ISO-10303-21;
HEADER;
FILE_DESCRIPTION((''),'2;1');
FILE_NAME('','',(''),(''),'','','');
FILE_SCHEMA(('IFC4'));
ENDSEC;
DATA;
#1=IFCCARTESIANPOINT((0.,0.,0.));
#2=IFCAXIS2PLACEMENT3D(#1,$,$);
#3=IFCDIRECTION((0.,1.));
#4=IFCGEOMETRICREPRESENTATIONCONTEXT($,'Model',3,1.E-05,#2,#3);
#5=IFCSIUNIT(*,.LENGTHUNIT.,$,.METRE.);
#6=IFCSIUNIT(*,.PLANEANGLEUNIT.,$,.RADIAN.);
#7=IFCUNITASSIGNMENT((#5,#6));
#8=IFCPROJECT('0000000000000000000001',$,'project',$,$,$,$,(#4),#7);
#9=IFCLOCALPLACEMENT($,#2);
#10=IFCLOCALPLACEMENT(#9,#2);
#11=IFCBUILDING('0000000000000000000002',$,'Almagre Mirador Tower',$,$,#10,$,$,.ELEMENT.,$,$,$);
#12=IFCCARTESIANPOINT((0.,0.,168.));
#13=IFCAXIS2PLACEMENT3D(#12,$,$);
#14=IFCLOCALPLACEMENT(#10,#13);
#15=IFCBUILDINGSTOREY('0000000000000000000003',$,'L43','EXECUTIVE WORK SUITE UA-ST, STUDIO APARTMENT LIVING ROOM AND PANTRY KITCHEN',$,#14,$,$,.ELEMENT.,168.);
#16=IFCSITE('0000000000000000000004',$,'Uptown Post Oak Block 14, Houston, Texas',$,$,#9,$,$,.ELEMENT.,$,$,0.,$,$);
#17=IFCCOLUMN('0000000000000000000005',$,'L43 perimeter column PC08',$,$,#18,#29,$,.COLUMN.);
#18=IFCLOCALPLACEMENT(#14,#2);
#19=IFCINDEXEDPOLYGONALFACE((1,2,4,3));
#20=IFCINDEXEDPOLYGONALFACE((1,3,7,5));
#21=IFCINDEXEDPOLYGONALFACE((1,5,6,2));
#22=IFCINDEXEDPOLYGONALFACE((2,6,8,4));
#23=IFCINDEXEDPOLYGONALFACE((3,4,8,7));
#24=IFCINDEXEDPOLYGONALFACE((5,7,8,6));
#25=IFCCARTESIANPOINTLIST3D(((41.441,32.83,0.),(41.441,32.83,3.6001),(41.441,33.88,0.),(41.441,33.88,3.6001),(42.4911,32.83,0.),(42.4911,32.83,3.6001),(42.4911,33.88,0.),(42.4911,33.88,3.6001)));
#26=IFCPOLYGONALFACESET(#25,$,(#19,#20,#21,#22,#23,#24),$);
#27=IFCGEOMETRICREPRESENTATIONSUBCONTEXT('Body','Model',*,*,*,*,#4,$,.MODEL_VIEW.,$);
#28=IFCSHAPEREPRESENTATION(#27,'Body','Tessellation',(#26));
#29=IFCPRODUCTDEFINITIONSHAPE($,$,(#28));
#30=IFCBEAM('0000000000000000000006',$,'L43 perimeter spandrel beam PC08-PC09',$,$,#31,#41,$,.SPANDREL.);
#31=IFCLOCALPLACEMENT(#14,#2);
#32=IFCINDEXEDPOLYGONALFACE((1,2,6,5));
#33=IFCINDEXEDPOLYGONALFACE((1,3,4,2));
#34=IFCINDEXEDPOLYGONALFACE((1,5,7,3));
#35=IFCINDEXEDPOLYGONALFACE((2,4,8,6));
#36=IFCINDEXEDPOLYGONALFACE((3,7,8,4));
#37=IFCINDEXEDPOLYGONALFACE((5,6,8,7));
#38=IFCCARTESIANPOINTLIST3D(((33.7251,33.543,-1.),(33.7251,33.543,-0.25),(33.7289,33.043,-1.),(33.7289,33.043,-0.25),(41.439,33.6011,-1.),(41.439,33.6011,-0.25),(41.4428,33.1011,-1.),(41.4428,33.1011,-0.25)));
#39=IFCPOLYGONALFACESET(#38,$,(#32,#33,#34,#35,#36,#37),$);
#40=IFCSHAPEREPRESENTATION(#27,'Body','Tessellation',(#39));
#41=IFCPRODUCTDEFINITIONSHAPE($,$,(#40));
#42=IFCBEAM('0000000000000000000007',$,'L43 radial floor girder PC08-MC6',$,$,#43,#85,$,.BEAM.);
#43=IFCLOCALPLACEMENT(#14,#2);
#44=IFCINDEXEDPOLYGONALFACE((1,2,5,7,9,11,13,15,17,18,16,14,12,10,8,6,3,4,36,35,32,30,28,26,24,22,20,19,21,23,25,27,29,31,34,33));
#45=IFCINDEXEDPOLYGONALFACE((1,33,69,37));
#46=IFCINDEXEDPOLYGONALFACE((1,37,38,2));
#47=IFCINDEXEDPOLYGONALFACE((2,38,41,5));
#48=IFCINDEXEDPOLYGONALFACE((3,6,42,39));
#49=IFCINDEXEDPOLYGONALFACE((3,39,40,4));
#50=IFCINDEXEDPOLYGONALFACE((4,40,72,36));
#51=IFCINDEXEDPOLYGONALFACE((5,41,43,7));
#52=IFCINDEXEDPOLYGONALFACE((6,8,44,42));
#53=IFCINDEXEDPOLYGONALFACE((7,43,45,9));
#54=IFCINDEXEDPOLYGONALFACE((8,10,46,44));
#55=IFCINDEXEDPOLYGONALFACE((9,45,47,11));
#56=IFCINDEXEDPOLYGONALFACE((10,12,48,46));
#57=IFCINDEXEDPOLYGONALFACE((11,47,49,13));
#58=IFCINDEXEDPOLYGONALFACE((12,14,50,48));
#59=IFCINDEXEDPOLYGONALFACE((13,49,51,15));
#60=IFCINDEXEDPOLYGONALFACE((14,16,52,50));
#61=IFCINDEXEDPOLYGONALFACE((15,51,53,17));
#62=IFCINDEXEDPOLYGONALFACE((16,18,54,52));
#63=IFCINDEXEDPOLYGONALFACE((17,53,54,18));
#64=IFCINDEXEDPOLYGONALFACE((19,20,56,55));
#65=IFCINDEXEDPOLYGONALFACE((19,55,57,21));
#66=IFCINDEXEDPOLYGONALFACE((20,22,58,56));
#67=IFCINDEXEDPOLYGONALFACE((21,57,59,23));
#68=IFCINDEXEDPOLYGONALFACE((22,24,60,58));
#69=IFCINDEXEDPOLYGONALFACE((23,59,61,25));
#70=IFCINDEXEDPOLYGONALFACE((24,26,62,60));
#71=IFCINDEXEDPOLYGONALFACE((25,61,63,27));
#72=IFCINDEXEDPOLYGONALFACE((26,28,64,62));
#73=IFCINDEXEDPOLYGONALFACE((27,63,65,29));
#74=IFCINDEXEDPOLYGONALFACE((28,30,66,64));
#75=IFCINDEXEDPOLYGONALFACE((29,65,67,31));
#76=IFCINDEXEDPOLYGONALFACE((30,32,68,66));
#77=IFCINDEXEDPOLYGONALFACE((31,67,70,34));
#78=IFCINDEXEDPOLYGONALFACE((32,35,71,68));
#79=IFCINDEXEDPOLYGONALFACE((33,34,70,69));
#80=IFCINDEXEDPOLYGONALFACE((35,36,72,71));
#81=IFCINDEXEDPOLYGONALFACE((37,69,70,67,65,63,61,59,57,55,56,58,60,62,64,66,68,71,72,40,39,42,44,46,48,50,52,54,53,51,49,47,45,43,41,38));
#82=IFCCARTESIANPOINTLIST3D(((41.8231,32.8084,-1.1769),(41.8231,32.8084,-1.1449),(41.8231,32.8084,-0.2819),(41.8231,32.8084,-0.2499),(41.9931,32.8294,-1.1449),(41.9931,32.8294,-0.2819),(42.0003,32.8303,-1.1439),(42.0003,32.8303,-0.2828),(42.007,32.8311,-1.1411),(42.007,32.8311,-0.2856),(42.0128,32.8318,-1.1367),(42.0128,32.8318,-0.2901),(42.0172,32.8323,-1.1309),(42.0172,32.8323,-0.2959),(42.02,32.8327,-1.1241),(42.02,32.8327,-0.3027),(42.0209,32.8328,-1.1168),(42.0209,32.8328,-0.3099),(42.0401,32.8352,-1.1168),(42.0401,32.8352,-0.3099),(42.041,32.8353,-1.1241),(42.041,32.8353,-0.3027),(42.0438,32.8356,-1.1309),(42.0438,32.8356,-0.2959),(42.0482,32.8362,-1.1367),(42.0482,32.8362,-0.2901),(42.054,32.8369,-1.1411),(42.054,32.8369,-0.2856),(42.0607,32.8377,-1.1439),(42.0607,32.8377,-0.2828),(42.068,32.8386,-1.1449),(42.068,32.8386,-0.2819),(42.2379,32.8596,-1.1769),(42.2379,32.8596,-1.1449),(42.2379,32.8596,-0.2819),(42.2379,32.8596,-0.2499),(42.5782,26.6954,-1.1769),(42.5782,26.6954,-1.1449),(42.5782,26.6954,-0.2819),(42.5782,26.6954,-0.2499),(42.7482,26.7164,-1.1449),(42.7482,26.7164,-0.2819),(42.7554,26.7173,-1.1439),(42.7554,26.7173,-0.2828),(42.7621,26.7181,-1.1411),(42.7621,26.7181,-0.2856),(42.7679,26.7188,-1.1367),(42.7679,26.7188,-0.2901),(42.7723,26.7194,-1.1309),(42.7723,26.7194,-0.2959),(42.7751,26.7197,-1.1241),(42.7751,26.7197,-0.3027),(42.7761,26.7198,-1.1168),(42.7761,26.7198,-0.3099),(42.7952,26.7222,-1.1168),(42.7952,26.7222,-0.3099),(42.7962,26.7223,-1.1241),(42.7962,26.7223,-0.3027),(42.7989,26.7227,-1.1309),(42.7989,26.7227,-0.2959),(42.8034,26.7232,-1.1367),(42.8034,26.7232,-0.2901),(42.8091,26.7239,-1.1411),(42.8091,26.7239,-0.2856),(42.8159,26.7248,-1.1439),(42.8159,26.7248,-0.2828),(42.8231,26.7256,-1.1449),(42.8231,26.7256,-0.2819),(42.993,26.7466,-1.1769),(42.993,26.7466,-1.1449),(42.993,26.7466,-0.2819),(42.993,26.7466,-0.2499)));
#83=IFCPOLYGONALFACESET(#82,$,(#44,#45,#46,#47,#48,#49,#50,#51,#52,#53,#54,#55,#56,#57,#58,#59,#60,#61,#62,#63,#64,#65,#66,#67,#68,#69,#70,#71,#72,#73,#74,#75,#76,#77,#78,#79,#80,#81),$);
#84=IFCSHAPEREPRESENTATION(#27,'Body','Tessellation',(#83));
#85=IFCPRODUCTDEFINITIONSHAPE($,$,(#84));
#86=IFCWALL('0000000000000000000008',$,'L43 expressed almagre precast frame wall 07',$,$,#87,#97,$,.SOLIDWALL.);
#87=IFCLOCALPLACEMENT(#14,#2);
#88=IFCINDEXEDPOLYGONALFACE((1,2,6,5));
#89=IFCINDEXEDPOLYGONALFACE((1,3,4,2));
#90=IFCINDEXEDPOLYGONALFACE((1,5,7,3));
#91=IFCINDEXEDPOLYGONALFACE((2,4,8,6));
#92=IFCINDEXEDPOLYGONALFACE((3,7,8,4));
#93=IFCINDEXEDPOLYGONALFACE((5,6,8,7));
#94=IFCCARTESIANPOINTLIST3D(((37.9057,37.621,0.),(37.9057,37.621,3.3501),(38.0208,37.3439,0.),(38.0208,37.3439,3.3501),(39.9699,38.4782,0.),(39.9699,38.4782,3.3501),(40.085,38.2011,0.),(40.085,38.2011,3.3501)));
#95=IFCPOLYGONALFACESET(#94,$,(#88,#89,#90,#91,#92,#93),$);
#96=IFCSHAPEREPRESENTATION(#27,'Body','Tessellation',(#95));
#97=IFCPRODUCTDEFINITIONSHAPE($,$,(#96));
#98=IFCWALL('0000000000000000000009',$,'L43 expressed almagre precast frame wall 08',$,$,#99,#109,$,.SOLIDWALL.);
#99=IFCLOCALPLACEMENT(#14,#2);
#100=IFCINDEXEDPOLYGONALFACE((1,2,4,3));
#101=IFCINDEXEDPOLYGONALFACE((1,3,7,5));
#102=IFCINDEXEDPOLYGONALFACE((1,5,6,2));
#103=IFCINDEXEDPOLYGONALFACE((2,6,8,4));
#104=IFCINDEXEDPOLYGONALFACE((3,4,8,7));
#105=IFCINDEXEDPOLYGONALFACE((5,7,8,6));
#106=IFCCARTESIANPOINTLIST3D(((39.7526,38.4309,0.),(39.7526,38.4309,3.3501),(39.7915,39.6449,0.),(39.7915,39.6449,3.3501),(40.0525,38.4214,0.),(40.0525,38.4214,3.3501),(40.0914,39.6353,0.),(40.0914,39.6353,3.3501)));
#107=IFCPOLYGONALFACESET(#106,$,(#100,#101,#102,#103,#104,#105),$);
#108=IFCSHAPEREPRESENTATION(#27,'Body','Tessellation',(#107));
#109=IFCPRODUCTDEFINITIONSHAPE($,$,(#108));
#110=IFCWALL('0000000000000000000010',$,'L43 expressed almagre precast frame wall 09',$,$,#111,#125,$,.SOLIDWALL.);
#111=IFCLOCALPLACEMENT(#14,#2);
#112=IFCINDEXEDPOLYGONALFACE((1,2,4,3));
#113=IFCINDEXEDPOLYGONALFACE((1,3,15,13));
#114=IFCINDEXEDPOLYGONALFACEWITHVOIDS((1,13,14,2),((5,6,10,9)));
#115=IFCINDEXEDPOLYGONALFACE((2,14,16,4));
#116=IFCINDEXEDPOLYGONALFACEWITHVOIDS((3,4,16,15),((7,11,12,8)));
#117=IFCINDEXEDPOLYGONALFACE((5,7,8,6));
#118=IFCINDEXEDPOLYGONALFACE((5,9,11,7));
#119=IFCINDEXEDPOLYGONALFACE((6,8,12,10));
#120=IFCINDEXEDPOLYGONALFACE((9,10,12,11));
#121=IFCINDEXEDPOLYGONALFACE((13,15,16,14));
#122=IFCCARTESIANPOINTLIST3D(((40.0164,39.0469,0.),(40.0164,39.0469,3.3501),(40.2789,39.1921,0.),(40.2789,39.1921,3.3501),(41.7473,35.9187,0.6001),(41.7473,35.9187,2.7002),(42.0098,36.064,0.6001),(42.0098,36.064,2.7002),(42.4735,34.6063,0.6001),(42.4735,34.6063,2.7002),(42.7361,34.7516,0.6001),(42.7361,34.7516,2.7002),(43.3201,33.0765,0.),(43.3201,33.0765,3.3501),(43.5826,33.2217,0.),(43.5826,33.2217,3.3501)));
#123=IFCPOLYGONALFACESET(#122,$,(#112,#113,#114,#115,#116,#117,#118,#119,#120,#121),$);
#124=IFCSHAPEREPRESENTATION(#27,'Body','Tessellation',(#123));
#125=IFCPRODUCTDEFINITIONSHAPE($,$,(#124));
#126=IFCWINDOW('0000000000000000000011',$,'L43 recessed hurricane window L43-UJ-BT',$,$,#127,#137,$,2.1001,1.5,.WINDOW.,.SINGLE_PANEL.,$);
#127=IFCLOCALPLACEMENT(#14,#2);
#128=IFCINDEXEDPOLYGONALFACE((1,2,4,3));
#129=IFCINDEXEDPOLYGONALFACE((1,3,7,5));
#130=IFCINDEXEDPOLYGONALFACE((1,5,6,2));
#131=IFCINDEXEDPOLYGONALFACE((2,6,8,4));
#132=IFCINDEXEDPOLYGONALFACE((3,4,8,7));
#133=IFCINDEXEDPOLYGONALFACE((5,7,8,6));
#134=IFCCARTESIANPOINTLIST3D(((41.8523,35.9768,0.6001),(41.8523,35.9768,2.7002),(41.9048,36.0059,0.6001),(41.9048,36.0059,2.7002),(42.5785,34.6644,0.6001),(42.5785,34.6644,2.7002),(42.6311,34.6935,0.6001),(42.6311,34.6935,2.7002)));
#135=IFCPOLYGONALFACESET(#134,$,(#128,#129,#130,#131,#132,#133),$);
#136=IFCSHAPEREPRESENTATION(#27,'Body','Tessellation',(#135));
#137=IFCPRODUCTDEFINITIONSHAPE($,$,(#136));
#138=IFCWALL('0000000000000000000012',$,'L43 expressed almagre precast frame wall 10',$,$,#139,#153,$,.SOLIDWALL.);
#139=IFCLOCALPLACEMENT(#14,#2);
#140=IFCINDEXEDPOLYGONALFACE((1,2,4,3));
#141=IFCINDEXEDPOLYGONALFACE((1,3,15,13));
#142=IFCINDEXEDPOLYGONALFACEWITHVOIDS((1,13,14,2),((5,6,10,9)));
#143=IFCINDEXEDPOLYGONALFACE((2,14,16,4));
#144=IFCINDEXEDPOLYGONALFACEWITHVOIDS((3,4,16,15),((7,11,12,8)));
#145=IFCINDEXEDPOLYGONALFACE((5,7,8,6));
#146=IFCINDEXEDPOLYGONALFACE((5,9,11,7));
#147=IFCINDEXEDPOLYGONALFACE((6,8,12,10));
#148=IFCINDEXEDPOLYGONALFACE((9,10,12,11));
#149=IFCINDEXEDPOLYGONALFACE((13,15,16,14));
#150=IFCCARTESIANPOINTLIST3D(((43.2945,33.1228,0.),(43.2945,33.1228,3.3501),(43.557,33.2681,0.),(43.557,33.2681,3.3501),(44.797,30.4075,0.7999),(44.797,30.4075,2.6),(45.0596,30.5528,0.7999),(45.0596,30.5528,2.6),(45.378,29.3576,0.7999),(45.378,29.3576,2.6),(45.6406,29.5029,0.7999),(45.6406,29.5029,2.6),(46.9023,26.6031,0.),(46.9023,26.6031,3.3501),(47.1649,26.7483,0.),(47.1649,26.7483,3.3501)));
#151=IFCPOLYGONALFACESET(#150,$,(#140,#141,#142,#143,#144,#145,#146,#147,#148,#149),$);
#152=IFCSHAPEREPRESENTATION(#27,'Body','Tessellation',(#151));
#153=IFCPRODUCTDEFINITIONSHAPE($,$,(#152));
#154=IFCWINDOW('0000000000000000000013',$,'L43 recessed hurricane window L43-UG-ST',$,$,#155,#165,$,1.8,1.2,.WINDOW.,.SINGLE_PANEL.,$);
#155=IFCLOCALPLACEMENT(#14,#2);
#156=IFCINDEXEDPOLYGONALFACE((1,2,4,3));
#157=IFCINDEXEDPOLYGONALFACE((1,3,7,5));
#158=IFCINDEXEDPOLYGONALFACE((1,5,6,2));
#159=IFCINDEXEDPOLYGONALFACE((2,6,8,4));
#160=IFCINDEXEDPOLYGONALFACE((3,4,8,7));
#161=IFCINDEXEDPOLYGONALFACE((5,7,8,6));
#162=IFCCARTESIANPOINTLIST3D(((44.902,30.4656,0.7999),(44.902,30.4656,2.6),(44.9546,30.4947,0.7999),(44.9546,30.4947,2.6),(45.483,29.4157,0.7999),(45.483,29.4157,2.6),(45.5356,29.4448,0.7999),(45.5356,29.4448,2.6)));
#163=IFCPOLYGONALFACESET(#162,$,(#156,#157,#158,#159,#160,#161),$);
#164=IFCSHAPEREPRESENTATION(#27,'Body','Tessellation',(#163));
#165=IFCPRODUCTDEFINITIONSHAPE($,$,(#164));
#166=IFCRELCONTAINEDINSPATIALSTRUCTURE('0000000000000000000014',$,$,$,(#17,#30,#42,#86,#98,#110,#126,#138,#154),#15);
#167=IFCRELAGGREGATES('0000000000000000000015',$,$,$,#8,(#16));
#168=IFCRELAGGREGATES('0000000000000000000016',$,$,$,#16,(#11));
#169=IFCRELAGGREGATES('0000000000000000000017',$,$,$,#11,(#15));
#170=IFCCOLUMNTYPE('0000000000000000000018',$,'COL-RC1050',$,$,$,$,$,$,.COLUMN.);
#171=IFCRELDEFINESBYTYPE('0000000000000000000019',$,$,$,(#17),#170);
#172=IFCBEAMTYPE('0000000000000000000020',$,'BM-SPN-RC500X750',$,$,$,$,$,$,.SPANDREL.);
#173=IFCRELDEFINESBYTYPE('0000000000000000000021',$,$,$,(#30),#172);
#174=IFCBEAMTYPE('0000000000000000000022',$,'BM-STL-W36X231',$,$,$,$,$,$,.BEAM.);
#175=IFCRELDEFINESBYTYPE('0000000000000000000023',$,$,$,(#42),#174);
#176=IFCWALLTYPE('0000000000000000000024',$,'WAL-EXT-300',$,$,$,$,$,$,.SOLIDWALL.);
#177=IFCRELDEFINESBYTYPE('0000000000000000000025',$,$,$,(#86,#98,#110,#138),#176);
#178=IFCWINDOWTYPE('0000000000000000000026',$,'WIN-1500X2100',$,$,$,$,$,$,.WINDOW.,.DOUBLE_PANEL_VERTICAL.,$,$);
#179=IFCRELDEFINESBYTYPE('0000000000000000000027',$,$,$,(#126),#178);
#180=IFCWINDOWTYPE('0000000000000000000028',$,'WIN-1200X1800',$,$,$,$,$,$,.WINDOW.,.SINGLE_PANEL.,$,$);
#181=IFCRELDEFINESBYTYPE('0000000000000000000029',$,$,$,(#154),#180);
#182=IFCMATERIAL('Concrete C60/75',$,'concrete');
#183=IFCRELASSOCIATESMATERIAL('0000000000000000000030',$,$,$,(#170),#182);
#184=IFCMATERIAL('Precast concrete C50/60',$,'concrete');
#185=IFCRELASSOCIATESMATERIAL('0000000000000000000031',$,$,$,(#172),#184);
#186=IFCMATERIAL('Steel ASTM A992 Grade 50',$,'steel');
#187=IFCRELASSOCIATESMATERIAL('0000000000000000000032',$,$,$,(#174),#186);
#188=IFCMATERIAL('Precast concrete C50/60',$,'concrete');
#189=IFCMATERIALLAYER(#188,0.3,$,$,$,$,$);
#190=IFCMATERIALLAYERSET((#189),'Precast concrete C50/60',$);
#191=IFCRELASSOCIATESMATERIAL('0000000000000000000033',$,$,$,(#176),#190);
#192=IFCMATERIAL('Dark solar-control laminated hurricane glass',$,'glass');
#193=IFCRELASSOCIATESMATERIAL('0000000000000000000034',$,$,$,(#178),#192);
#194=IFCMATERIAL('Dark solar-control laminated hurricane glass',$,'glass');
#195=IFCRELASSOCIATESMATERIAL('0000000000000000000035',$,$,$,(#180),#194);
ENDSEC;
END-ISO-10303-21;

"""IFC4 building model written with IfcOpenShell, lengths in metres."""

from ifc_helpers import new_model, si_unit, direction, frame, frame_2d, origin, origin_2d, place, context, subcontext, project, spatial, rectangle, i_section, extrude, material, layer, layer_set, material_profile, profile_set, type_object, element, fill, save


model = new_model("IFC4")

# Units and contexts
model_context = context("Model", 3, precision=1e-05, world=origin(), true_north=direction((0.0, 1.0)))
body_context = subcontext(model_context, "Body", "Model", "MODEL_VIEW")
ifc_project = project(units=[si_unit("LENGTHUNIT", "METRE"), si_unit("PLANEANGLEUNIT", "RADIAN")], contexts=[model_context])

# Site, building, storey
site_placement = place(None, origin())
site = spatial("IfcSite", under=ifc_project, at=site_placement, Name="Uptown Post Oak Block 14, Houston, Texas", CompositionType="ELEMENT", RefElevation=0.0)
building_placement = place(site_placement, origin())
building = spatial("IfcBuilding", under=site, at=building_placement, Name="Almagre Mirador Tower", CompositionType="ELEMENT")
storey_placement = place(building_placement, frame((0.0, 0.0, 168.0)))
storey = spatial("IfcBuildingStorey", under=building, at=storey_placement, Name="L43", Description="EXECUTIVE WORK SUITE UA-ST, STUDIO APARTMENT LIVING ROOM AND PANTRY KITCHEN", CompositionType="ELEMENT", Elevation=168.0)

# Column
ifc_material_1 = material(Name="Concrete C60/75", Category="concrete")
ifc_material_profile_1 = material_profile(ifc_material_1, rectangle(XDim=1.05, YDim=1.05, at=origin_2d()), Name="RC1050X1050")
ifc_profile_set_1 = profile_set([ifc_material_profile_1], Name="Concrete C60/75")
column_type = type_object("IfcColumnType", Name="COL-RC1050", PredefinedType="COLUMN", material=ifc_profile_set_1)
column_placement = place(storey_placement, frame((41.9661, 33.355, 0.0), z_axis=(0.0, 0.0, 1.0), x_axis=(1.0, 0.0, 0.0)))
element("IfcColumn", 1, at=column_placement, inside=storey, type_object=column_type, Name="L43 perimeter column PC08", PredefinedType="COLUMN", context=body_context, shape_type="SweptSolid", body=[
    extrude(rectangle(XDim=1.05, YDim=1.05, at=origin_2d()), origin(), (0.0, 0.0, 1.0), 3.6001),
])

# Beams
ifc_material_2 = material(Name="Precast concrete C50/60", Category="concrete")
ifc_material_profile_2 = material_profile(ifc_material_2, rectangle(XDim=0.5, YDim=0.75, at=origin_2d()), Name="RC500X750")
ifc_profile_set_2 = profile_set([ifc_material_profile_2], Name="Precast concrete C50/60")
beam_type_1 = type_object("IfcBeamType", Name="BM-SPN-RC500X750", PredefinedType="SPANDREL", material=ifc_profile_set_2)
beam_1_placement = place(storey_placement, frame((41.4409, 33.3511, -0.625), z_axis=(-0.999972, -0.007532, 0.0), x_axis=(0.007532, -0.999972, 0.0)))
element("IfcBeam", 2, at=beam_1_placement, inside=storey, type_object=beam_type_1, Name="L43 perimeter spandrel beam PC08-PC09", PredefinedType="SPANDREL", context=body_context, shape_type="SweptSolid", body=[
    extrude(rectangle(XDim=0.5, YDim=0.75, at=origin_2d()), origin(), (0.0, 0.0, 1.0), 7.7141),
])
ifc_material_3 = material(Name="Steel ASTM A992 Grade 50", Category="steel")
ifc_material_profile_3 = material_profile(ifc_material_3, i_section(OverallWidth=0.418, OverallDepth=0.927, WebThickness=0.0193, FlangeThickness=0.032, FilletRadius=0.0281, at=origin_2d()), Name="W36X231")
ifc_profile_set_3 = profile_set([ifc_material_profile_3], Name="Steel ASTM A992 Grade 50")
beam_type_2 = type_object("IfcBeamType", Name="BM-STL-W36X231", PredefinedType="BEAM", material=ifc_profile_set_3)
beam_2_placement = place(storey_placement, frame((42.0305, 32.834, -0.7134), z_axis=(0.122595, -0.992457, 0.0), x_axis=(0.992457, 0.122595, 0.0)))
element("IfcBeam", 3, at=beam_2_placement, inside=storey, type_object=beam_type_2, Name="L43 radial floor girder PC08-MC6", PredefinedType="BEAM", context=body_context, shape_type="SweptSolid", body=[
    extrude(i_section(OverallWidth=0.418, OverallDepth=0.927, WebThickness=0.0193, FlangeThickness=0.032, FilletRadius=0.0281, at=origin_2d()), origin(), (0.0, 0.0, 1.0), 6.1594),
])

# Walls
ifc_material_4 = material(Name="Precast concrete C50/60", Category="concrete")
ifc_layer_1 = layer(ifc_material_4, 0.3)
ifc_layer_set_1 = layer_set([ifc_layer_1], Name="Precast concrete C50/60")
wall_type_1 = type_object("IfcWallType", Name="WAL-EXT-300", PredefinedType="SOLIDWALL", material=ifc_layer_set_1)
wall_1_placement = place(storey_placement, frame((37.9631, 37.4824, 0.0), z_axis=(0.0, 0.0, 1.0), x_axis=(0.923538, 0.383506, 0.0)))
element("IfcWall", 4, at=wall_1_placement, inside=storey, type_object=wall_type_1, Name="L43 expressed almagre precast frame wall 07", PredefinedType="SOLIDWALL", context=body_context, shape_type="SweptSolid", body=[
    extrude(rectangle(XDim=2.2351, YDim=0.3, at=frame_2d((1.1177, 0.0))), origin(), (0.0, 0.0, 1.0), 3.3501),
])
wall_2_placement = place(storey_placement, frame((39.9026, 38.426, 0.0), z_axis=(0.0, 0.0, 1.0), x_axis=(0.031963, 0.999489, 0.0)))
element("IfcWall", 5, at=wall_2_placement, inside=storey, type_object=wall_type_1, Name="L43 expressed almagre precast frame wall 08", PredefinedType="SOLIDWALL", context=body_context, shape_type="SweptSolid", body=[
    extrude(rectangle(XDim=1.2146, YDim=0.3, at=frame_2d((0.6074, 0.0))), origin(), (0.0, 0.0, 1.0), 3.3501),
])

# Walls, openings, windows
wall_3_placement = place(storey_placement, frame((40.1477, 39.1194, 0.0), z_axis=(0.0, 0.0, 1.0), x_axis=(0.484163, -0.874978, 0.0)))
wall_3 = element("IfcWall", 6, at=wall_3_placement, inside=storey, type_object=wall_type_1, Name="L43 expressed almagre precast frame wall 09", PredefinedType="SOLIDWALL", context=body_context, shape_type="SweptSolid", body=[
    extrude(rectangle(XDim=6.8235, YDim=0.3, at=frame_2d((3.4116, 0.0))), origin(), (0.0, 0.0, 1.0), 3.3501),
])
opening_1_placement = place(wall_3_placement, frame((3.575, 0.0, 0.6001)))
opening_1 = element("IfcOpeningElement", 7, at=opening_1_placement, cuts=wall_3, PredefinedType="OPENING", context=body_context, shape_type="SweptSolid", body=[
    extrude(rectangle(XDim=1.5, YDim=2.1001, at=frame_2d((0.75, 1.05))), frame((0.0, 0.1599, 0.0), z_axis=(0.0, -1.0, 0.0), x_axis=(1.0, 0.0, 0.0)), (0.0, 0.0, 1.0), 0.32),
])
ifc_material_5 = material(Name="Dark solar-control laminated hurricane glass", Category="glass")
window_type_1 = type_object("IfcWindowType", Name="WIN-1500X2100", PartitioningType="DOUBLE_PANEL_VERTICAL", PredefinedType="WINDOW", material=ifc_material_5)
window_1_placement = place(opening_1_placement, origin())
window_1 = element("IfcWindow", 8, at=window_1_placement, inside=storey, type_object=window_type_1, Name="L43 recessed hurricane window L43-UJ-BT", OverallHeight=2.1001, OverallWidth=1.5, PartitioningType="SINGLE_PANEL", PredefinedType="WINDOW", context=body_context, shape_type="SweptSolid", body=[
    extrude(rectangle(XDim=1.5, YDim=2.1001, at=frame_2d((0.75, 1.05))), frame((0.0, 0.03, 0.0), z_axis=(0.0, -1.0, 0.0), x_axis=(1.0, 0.0, 0.0)), (0.0, 0.0, 1.0), 0.0601),
])
fill(opening_1, window_1)
wall_4_placement = place(storey_placement, frame((43.4258, 33.1953, 0.0), z_axis=(0.0, 0.0, 1.0), x_axis=(0.484187, -0.874964, 0.0)))
wall_4 = element("IfcWall", 9, at=wall_4_placement, inside=storey, type_object=wall_type_1, Name="L43 expressed almagre precast frame wall 10", PredefinedType="SOLIDWALL", context=body_context, shape_type="SweptSolid", body=[
    extrude(rectangle(XDim=7.4514, YDim=0.3, at=frame_2d((3.7256, 0.0))), origin(), (0.0, 0.0, 1.0), 3.3501),
])
opening_2_placement = place(wall_4_placement, frame((3.103, 0.0, 0.8)))
opening_2 = element("IfcOpeningElement", 10, at=opening_2_placement, cuts=wall_4, PredefinedType="OPENING", context=body_context, shape_type="SweptSolid", body=[
    extrude(rectangle(XDim=1.2, YDim=1.8, at=frame_2d((0.6001, 0.8999))), frame((0.0, 0.1599, 0.0), z_axis=(0.0, -1.0, 0.0), x_axis=(1.0, 0.0, 0.0)), (0.0, 0.0, 1.0), 0.32),
])
ifc_material_6 = material(Name="Dark solar-control laminated hurricane glass", Category="glass")
window_type_2 = type_object("IfcWindowType", Name="WIN-1200X1800", PartitioningType="SINGLE_PANEL", PredefinedType="WINDOW", material=ifc_material_6)
window_2_placement = place(opening_2_placement, origin())
window_2 = element("IfcWindow", 11, at=window_2_placement, inside=storey, type_object=window_type_2, Name="L43 recessed hurricane window L43-UG-ST", OverallHeight=1.8, OverallWidth=1.2, PartitioningType="SINGLE_PANEL", PredefinedType="WINDOW", context=body_context, shape_type="SweptSolid", body=[
    extrude(rectangle(XDim=1.2, YDim=1.8, at=frame_2d((0.6001, 0.8999))), frame((0.0, 0.03, 0.0), z_axis=(0.0, -1.0, 0.0), x_axis=(1.0, 0.0, 0.0)), (0.0, 0.0, 1.0), 0.0601),
])
fill(opening_2, window_2)

save(model, "model.ifc")
